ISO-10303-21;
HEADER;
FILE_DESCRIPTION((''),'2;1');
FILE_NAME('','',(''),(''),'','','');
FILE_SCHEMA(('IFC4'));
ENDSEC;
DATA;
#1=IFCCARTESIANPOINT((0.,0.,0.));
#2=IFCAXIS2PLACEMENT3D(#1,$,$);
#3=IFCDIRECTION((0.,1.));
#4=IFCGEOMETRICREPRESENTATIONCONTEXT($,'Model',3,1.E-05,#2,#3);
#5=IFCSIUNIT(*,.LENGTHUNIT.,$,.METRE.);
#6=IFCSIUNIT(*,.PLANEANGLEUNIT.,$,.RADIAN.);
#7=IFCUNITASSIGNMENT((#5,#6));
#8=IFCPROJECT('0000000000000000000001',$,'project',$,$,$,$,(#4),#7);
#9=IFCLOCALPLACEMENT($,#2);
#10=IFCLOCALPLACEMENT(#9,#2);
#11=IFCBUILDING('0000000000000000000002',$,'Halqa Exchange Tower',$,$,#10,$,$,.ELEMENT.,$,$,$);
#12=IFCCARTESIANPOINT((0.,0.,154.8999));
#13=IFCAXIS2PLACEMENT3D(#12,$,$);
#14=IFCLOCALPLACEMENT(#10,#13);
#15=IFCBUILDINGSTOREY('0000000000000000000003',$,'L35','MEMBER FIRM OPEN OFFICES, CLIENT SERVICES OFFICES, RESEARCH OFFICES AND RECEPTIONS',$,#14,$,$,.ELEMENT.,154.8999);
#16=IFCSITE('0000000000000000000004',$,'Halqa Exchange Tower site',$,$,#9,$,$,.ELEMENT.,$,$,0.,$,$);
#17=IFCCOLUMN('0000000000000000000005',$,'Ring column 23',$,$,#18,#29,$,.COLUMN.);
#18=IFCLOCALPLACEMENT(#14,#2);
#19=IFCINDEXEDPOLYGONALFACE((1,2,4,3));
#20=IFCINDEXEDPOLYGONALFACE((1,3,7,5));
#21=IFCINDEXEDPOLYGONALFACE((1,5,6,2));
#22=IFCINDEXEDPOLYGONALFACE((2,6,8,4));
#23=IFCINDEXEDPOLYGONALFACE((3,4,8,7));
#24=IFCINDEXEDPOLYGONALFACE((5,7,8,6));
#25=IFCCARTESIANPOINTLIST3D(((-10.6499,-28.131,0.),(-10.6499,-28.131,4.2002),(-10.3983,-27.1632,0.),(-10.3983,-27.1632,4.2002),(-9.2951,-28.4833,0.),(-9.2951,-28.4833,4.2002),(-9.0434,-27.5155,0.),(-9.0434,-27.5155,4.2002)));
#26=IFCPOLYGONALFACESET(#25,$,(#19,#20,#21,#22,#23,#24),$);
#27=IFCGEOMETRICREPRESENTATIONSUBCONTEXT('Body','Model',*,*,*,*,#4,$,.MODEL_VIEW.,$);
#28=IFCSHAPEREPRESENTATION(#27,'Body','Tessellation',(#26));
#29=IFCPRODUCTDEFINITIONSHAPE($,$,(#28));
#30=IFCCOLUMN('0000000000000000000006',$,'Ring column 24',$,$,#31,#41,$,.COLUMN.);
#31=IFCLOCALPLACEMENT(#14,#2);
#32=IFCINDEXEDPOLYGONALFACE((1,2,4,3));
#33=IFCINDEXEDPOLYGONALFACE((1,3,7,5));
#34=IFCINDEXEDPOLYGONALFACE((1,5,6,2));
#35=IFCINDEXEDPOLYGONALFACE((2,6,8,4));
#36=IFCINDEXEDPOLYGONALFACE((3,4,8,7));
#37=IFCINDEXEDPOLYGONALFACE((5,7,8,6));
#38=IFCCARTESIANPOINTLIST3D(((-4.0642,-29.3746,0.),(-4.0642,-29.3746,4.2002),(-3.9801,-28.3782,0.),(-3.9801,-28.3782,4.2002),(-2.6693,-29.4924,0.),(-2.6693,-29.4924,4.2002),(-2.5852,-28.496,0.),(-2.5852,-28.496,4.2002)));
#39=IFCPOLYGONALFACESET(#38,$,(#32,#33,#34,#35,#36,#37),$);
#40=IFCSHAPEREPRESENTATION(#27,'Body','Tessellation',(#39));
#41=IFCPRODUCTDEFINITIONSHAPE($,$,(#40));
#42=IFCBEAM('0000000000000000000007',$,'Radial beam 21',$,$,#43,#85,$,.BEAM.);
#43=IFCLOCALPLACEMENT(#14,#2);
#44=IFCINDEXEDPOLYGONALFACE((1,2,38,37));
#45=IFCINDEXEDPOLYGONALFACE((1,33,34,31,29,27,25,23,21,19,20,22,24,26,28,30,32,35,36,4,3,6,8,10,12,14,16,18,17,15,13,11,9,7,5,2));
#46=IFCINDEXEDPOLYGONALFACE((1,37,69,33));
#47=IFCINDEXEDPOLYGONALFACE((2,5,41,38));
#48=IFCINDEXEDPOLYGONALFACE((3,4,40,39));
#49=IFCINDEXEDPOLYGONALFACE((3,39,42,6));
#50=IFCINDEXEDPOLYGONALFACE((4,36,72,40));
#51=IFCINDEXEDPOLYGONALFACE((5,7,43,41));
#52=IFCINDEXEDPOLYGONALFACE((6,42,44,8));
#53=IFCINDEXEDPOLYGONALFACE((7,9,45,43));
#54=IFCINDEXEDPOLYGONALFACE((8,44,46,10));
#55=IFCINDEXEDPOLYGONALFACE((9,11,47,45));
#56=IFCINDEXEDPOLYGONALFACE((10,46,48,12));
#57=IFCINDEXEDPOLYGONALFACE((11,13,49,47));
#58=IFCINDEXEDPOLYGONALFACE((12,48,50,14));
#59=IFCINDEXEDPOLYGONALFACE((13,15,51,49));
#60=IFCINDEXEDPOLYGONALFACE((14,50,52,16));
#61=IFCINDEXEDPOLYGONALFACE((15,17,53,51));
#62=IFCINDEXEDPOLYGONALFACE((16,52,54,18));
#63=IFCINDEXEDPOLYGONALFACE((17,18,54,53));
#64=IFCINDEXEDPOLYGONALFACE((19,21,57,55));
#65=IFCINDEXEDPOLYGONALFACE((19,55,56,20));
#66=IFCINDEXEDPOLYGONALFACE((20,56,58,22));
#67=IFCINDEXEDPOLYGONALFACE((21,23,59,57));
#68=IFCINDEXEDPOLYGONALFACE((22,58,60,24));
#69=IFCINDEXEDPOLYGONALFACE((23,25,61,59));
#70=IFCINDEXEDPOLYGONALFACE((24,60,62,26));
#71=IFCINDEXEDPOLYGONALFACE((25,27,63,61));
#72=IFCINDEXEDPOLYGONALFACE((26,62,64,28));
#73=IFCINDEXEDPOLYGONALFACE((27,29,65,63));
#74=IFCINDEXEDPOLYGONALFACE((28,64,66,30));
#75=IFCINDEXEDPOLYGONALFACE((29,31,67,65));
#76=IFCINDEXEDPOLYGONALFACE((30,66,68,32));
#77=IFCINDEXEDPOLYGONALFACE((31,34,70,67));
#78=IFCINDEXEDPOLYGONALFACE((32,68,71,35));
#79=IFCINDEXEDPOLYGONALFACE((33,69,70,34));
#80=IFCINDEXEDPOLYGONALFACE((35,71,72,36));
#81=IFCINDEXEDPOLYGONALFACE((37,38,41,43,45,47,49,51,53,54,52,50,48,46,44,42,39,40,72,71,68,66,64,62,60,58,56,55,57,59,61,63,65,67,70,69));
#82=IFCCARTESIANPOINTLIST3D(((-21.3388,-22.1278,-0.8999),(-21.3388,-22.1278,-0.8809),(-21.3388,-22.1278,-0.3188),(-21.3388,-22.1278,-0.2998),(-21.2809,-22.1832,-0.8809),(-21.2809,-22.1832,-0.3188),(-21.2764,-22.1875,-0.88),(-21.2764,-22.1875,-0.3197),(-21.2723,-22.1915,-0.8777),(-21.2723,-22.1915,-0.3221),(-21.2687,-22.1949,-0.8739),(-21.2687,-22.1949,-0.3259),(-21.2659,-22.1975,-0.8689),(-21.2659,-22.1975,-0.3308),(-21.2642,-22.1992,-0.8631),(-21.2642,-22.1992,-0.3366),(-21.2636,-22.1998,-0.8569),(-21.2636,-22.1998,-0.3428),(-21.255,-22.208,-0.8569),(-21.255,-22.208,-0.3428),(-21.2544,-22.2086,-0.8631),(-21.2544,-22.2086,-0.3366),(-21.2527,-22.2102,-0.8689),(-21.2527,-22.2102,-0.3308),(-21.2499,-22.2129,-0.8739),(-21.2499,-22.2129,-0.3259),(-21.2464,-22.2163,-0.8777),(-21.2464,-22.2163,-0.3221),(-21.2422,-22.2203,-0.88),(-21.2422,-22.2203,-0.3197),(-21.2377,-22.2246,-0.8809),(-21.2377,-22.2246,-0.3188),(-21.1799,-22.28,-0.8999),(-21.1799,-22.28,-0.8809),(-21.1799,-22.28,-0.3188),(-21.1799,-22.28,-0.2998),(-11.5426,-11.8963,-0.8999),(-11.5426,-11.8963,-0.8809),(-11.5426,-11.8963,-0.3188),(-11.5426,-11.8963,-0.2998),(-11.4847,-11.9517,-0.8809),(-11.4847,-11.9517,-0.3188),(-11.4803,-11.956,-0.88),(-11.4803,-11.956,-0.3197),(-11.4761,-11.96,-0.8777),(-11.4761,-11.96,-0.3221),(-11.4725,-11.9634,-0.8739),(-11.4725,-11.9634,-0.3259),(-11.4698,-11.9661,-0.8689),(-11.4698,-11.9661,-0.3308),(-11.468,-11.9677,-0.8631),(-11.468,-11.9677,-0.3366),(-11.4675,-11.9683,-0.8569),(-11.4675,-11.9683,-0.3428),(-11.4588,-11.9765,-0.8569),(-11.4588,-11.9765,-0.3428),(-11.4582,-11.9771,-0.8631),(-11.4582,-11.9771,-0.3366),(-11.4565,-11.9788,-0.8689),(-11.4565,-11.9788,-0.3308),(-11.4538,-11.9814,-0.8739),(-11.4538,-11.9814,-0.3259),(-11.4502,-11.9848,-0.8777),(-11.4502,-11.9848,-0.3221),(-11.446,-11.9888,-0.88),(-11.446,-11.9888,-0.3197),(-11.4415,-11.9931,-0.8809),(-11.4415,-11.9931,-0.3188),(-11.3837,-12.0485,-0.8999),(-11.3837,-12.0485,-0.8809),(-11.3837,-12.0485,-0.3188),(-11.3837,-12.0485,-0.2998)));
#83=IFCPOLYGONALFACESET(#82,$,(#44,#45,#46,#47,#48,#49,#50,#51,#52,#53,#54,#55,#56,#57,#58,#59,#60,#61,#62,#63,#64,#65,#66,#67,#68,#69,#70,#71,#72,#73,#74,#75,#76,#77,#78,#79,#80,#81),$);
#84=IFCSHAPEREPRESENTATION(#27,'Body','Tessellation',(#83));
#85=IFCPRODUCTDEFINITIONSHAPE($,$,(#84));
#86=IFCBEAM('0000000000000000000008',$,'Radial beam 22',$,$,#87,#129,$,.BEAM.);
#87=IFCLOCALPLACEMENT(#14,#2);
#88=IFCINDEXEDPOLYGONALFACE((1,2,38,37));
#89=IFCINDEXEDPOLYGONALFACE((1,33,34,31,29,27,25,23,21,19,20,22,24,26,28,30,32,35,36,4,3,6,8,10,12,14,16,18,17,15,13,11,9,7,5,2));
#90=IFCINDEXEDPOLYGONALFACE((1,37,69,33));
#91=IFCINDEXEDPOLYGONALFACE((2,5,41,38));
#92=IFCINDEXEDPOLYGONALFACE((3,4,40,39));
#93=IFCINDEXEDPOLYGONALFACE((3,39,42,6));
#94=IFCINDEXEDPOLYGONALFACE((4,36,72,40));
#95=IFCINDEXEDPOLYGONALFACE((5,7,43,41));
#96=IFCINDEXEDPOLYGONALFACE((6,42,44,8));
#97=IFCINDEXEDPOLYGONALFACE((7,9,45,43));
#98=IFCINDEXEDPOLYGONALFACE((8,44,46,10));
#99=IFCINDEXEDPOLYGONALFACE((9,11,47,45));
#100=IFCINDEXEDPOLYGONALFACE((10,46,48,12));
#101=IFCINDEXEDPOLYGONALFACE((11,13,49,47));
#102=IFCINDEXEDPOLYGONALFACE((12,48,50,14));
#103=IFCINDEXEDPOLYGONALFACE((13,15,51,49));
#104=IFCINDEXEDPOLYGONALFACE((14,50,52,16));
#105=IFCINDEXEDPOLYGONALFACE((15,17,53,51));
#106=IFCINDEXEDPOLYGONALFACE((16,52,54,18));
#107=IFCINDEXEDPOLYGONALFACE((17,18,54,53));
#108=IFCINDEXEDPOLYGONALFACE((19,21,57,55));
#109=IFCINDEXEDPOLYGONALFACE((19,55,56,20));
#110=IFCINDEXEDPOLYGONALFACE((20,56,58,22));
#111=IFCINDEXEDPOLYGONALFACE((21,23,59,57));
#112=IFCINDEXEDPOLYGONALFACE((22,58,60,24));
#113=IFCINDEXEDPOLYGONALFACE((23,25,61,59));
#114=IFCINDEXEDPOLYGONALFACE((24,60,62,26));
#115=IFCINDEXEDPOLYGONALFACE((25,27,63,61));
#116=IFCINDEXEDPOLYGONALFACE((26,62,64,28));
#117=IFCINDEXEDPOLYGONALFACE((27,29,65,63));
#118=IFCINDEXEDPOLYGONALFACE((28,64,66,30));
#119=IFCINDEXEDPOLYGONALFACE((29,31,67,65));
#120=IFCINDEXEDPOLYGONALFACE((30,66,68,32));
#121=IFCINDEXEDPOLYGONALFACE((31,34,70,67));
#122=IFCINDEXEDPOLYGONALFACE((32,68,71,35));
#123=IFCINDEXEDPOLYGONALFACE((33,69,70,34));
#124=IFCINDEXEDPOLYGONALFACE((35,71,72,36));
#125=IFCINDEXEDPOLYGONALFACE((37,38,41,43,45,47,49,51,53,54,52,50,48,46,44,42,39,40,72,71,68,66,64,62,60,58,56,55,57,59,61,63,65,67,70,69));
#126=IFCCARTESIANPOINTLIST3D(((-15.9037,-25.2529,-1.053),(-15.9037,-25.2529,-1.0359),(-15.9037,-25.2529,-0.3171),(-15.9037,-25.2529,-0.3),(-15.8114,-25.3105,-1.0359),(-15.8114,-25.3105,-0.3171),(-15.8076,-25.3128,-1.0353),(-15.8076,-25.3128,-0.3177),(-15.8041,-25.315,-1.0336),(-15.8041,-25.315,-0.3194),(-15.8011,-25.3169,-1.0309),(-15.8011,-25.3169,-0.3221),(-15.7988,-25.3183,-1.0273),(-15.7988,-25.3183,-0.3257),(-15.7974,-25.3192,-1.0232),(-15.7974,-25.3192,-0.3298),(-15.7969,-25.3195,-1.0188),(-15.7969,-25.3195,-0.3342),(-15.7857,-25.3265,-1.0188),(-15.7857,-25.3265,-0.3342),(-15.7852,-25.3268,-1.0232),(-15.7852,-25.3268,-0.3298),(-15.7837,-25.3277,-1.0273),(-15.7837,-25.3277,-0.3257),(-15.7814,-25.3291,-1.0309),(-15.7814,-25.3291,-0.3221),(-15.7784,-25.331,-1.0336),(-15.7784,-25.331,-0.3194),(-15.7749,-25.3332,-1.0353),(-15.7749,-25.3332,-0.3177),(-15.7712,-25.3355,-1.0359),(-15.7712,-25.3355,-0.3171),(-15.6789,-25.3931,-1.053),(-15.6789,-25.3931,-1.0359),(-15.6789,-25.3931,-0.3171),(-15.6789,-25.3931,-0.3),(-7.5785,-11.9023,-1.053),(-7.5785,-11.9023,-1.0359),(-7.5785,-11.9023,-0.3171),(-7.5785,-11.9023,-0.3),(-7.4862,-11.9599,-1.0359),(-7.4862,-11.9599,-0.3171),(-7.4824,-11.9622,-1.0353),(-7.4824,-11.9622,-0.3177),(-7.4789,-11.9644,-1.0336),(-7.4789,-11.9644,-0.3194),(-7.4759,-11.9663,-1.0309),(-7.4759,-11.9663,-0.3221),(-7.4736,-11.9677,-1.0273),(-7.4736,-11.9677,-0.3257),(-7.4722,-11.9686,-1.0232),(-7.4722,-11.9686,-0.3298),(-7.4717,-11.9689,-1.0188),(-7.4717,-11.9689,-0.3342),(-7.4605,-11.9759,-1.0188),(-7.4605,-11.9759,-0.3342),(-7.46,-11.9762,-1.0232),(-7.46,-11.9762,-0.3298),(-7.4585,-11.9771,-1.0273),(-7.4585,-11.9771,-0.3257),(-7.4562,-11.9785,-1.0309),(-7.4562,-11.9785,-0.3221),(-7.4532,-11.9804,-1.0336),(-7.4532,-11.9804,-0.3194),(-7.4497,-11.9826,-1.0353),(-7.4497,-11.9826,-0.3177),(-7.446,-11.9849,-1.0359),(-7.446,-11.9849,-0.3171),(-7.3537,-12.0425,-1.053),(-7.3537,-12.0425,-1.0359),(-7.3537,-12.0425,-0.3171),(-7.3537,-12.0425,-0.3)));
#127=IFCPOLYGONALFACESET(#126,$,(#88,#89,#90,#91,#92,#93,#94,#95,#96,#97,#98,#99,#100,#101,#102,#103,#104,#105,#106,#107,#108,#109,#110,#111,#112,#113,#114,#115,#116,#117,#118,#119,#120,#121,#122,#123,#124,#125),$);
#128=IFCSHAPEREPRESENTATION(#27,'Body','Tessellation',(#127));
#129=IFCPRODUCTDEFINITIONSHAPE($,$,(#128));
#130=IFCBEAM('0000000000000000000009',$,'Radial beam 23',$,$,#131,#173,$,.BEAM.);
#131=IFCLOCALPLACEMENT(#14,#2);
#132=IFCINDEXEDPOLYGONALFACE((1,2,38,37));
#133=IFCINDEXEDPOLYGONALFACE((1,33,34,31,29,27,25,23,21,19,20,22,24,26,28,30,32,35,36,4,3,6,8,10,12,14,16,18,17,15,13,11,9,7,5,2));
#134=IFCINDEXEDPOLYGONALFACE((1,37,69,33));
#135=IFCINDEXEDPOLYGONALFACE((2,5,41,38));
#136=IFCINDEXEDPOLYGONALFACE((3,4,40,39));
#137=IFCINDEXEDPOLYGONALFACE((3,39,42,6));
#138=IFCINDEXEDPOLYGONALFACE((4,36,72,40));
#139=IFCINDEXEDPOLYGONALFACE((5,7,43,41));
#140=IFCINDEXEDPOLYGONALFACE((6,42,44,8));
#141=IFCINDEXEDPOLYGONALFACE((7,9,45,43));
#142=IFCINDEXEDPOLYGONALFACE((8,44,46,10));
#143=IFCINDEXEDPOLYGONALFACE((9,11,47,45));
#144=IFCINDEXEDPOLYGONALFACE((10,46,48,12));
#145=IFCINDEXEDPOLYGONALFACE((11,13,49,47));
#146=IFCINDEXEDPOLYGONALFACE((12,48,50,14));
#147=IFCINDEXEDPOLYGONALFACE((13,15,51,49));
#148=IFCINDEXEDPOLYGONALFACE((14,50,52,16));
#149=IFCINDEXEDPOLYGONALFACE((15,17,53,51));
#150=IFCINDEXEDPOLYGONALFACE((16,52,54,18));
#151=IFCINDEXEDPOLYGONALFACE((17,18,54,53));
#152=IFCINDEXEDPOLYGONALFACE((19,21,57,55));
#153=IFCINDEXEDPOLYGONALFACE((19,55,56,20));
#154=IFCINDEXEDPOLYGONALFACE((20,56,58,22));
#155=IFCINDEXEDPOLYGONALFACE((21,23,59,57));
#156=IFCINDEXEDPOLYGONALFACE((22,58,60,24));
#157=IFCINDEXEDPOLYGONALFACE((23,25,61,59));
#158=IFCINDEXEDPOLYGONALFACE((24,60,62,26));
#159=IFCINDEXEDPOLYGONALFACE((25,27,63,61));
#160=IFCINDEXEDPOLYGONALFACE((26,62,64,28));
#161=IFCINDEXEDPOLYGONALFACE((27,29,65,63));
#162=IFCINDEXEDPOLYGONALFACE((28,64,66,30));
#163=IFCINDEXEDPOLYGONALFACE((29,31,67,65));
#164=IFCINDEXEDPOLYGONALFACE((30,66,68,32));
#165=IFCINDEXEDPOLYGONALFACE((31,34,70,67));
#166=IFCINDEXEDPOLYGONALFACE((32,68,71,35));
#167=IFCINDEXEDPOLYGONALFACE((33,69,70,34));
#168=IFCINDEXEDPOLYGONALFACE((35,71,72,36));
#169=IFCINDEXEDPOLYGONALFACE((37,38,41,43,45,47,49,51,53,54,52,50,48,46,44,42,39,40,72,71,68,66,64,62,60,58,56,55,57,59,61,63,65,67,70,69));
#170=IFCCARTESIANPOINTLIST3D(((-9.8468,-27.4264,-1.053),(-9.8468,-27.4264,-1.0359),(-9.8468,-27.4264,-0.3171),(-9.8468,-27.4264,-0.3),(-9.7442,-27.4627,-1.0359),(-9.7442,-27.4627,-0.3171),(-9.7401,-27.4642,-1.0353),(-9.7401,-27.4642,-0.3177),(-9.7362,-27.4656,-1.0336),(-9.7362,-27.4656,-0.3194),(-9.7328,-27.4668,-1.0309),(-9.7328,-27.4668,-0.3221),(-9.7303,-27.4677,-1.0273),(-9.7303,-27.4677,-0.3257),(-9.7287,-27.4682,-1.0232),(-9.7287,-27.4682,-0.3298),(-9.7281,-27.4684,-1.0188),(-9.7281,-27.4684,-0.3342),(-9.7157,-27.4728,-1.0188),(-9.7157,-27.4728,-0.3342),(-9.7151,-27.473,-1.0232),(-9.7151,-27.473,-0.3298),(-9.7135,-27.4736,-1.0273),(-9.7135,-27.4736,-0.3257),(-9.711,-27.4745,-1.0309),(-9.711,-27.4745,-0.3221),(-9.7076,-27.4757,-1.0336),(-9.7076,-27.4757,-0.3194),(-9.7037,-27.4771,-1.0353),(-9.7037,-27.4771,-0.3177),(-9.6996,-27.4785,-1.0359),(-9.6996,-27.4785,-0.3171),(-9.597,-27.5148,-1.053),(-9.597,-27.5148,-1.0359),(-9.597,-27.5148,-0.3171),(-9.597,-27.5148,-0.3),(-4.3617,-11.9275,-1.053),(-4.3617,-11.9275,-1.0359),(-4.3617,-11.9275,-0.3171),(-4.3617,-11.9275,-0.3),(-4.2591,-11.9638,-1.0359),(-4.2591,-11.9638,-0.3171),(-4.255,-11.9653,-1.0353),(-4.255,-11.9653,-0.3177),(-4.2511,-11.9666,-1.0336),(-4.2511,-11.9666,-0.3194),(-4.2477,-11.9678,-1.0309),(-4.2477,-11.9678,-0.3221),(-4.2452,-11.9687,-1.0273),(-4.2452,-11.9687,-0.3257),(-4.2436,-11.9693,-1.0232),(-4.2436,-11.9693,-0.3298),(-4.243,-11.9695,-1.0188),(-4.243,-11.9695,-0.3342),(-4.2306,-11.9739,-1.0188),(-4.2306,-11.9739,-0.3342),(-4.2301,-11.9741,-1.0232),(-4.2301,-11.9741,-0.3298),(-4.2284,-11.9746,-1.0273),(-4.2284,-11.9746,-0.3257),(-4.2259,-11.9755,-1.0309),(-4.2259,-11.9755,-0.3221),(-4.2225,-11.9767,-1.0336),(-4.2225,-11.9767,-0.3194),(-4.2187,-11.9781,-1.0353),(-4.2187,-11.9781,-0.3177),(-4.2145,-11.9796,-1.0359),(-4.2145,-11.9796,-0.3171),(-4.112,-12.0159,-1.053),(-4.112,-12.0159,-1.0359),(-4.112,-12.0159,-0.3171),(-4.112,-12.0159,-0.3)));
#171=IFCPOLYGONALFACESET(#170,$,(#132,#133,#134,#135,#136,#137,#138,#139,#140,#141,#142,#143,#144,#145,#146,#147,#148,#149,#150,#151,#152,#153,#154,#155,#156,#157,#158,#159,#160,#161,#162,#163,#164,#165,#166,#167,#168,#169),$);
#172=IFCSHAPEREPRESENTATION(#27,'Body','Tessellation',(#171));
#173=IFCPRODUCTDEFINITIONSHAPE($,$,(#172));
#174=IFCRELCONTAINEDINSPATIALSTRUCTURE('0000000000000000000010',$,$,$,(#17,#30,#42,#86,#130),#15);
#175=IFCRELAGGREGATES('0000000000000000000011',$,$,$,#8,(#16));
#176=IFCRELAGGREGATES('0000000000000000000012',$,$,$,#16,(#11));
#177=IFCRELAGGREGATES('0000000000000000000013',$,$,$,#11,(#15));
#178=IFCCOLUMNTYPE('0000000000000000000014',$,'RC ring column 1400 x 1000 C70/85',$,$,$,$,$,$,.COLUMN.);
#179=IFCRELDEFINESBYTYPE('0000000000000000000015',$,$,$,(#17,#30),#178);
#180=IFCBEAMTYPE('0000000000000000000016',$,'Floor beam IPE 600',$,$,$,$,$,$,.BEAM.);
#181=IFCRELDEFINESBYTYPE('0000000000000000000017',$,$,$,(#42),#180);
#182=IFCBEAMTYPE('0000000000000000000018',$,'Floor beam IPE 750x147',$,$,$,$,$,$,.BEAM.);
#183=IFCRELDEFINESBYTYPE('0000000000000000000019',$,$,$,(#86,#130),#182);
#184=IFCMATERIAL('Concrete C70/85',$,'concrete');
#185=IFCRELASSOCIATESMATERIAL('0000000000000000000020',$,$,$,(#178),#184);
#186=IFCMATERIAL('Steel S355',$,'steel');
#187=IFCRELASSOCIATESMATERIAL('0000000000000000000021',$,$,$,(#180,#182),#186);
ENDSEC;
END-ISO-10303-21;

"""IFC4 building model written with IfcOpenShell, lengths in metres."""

from ifc_helpers import new_model, si_unit, direction, frame, origin, origin_2d, place, context, subcontext, project, spatial, rectangle, i_section, extrude, material, material_profile, profile_set, type_object, element, save


model = new_model("IFC4")

# Units and contexts
model_context = context("Model", 3, precision=1e-05, world=origin(), true_north=direction((0.0, 1.0)))
body_context = subcontext(model_context, "Body", "Model", "MODEL_VIEW")
ifc_project = project(units=[si_unit("LENGTHUNIT", "METRE"), si_unit("PLANEANGLEUNIT", "RADIAN")], contexts=[model_context])

# Site, building, storey
site_placement = place(None, origin())
site = spatial("IfcSite", under=ifc_project, at=site_placement, Name="Halqa Exchange Tower site", CompositionType="ELEMENT", RefElevation=0.0)
building_placement = place(site_placement, origin())
building = spatial("IfcBuilding", under=site, at=building_placement, Name="Halqa Exchange Tower", CompositionType="ELEMENT")
storey_placement = place(building_placement, frame((0.0, 0.0, 154.8999)))
storey = spatial("IfcBuildingStorey", under=building, at=storey_placement, Name="L35", Description="MEMBER FIRM OPEN OFFICES, CLIENT SERVICES OFFICES, RESEARCH OFFICES AND RECEPTIONS", CompositionType="ELEMENT", Elevation=154.8999)

# Columns
ifc_material_1 = material(Name="Concrete C70/85", Category="concrete")
ifc_material_profile_1 = material_profile(ifc_material_1, rectangle(XDim=1.3999, YDim=1.0, at=origin_2d()), Name="1400 x 1000")
ifc_profile_set_1 = profile_set([ifc_material_profile_1], Name="Concrete C70/85")
column_type = type_object("IfcColumnType", Name="RC ring column 1400 x 1000 C70/85", PredefinedType="COLUMN", material=ifc_profile_set_1)
for number, where, z_axis, x_axis, name in (
    (1, (-9.8467, -27.8232, 0.0), (0.0, 0.0, 1.0), (0.96782, -0.251645, 0.0), "Ring column 23"),
    (2, (-3.3247, -28.9353, 0.0), (0.0, 0.0, 1.0), (0.996455, -0.084125, 0.0), "Ring column 24"),
):
    element("IfcColumn", number, at=place(storey_placement, frame(where, z_axis=z_axis, x_axis=x_axis)), inside=storey, type_object=column_type, Name=name, PredefinedType="COLUMN", context=body_context, shape_type="SweptSolid", body=[
        extrude(rectangle(XDim=1.3999, YDim=1.0, at=origin_2d()), origin(), (0.0, 0.0, 1.0), 4.2002),
    ])

# Beams
ifc_material_2 = material(Name="Steel S355", Category="steel")
ifc_material_profile_2 = material_profile(ifc_material_2, i_section(OverallWidth=0.22, OverallDepth=0.6001, WebThickness=0.012, FlangeThickness=0.019, FilletRadius=0.0239, at=origin_2d()), Name="IPE 600")
ifc_profile_set_2 = profile_set([ifc_material_profile_2], Name="Steel S355")
beam_type_1 = type_object("IfcBeamType", Name="Floor beam IPE 600", PredefinedType="BEAM", material=ifc_profile_set_2)
beam_1_placement = place(storey_placement, frame((-11.4631, -11.9724, -0.5999), z_axis=(-0.691574, -0.722305, 0.0), x_axis=(0.722305, -0.691574, 0.0)))
element("IfcBeam", 3, at=beam_1_placement, inside=storey, type_object=beam_type_1, Name="Radial beam 21", PredefinedType="BEAM", context=body_context, shape_type="SweptSolid", body=[
    extrude(i_section(OverallWidth=0.22, OverallDepth=0.6001, WebThickness=0.012, FlangeThickness=0.019, FilletRadius=0.0239, at=origin_2d()), origin(), (0.0, 0.0, 1.0), 14.165),
])
ifc_material_profile_3 = material_profile(ifc_material_2, i_section(OverallWidth=0.2649, OverallDepth=0.7529, WebThickness=0.0132, FlangeThickness=0.0171, FilletRadius=0.0171, at=origin_2d()), Name="IPE 750x147")
ifc_profile_set_3 = profile_set([ifc_material_profile_3], Name="Steel S355")
beam_type_2 = type_object("IfcBeamType", Name="Floor beam IPE 750x147", PredefinedType="BEAM", material=ifc_profile_set_3)
beam_2_placement = place(storey_placement, frame((-7.4661, -11.9724, -0.6765), z_axis=(-0.529134, -0.848538, 0.0), x_axis=(0.848538, -0.529134, 0.0)))
element("IfcBeam", 4, at=beam_2_placement, inside=storey, type_object=beam_type_2, Name="Radial beam 22", PredefinedType="BEAM", context=body_context, shape_type="SweptSolid", body=[
    extrude(i_section(OverallWidth=0.2649, OverallDepth=0.7529, WebThickness=0.0132, FlangeThickness=0.0171, FilletRadius=0.0171, at=origin_2d()), origin(), (0.0, 0.0, 1.0), 15.7336),
])
beam_3_placement = place(storey_placement, frame((-4.2368, -11.9717, -0.6765), z_axis=(-0.333624, -0.942706, 0.0), x_axis=(0.942706, -0.333624, 0.0)))
element("IfcBeam", 5, at=beam_3_placement, inside=storey, type_object=beam_type_2, Name="Radial beam 23", PredefinedType="BEAM", context=body_context, shape_type="SweptSolid", body=[
    extrude(i_section(OverallWidth=0.2649, OverallDepth=0.7529, WebThickness=0.0132, FlangeThickness=0.0171, FilletRadius=0.0171, at=origin_2d()), origin(), (0.0, 0.0, 1.0), 16.4409),
])

save(model, "model.ifc")
